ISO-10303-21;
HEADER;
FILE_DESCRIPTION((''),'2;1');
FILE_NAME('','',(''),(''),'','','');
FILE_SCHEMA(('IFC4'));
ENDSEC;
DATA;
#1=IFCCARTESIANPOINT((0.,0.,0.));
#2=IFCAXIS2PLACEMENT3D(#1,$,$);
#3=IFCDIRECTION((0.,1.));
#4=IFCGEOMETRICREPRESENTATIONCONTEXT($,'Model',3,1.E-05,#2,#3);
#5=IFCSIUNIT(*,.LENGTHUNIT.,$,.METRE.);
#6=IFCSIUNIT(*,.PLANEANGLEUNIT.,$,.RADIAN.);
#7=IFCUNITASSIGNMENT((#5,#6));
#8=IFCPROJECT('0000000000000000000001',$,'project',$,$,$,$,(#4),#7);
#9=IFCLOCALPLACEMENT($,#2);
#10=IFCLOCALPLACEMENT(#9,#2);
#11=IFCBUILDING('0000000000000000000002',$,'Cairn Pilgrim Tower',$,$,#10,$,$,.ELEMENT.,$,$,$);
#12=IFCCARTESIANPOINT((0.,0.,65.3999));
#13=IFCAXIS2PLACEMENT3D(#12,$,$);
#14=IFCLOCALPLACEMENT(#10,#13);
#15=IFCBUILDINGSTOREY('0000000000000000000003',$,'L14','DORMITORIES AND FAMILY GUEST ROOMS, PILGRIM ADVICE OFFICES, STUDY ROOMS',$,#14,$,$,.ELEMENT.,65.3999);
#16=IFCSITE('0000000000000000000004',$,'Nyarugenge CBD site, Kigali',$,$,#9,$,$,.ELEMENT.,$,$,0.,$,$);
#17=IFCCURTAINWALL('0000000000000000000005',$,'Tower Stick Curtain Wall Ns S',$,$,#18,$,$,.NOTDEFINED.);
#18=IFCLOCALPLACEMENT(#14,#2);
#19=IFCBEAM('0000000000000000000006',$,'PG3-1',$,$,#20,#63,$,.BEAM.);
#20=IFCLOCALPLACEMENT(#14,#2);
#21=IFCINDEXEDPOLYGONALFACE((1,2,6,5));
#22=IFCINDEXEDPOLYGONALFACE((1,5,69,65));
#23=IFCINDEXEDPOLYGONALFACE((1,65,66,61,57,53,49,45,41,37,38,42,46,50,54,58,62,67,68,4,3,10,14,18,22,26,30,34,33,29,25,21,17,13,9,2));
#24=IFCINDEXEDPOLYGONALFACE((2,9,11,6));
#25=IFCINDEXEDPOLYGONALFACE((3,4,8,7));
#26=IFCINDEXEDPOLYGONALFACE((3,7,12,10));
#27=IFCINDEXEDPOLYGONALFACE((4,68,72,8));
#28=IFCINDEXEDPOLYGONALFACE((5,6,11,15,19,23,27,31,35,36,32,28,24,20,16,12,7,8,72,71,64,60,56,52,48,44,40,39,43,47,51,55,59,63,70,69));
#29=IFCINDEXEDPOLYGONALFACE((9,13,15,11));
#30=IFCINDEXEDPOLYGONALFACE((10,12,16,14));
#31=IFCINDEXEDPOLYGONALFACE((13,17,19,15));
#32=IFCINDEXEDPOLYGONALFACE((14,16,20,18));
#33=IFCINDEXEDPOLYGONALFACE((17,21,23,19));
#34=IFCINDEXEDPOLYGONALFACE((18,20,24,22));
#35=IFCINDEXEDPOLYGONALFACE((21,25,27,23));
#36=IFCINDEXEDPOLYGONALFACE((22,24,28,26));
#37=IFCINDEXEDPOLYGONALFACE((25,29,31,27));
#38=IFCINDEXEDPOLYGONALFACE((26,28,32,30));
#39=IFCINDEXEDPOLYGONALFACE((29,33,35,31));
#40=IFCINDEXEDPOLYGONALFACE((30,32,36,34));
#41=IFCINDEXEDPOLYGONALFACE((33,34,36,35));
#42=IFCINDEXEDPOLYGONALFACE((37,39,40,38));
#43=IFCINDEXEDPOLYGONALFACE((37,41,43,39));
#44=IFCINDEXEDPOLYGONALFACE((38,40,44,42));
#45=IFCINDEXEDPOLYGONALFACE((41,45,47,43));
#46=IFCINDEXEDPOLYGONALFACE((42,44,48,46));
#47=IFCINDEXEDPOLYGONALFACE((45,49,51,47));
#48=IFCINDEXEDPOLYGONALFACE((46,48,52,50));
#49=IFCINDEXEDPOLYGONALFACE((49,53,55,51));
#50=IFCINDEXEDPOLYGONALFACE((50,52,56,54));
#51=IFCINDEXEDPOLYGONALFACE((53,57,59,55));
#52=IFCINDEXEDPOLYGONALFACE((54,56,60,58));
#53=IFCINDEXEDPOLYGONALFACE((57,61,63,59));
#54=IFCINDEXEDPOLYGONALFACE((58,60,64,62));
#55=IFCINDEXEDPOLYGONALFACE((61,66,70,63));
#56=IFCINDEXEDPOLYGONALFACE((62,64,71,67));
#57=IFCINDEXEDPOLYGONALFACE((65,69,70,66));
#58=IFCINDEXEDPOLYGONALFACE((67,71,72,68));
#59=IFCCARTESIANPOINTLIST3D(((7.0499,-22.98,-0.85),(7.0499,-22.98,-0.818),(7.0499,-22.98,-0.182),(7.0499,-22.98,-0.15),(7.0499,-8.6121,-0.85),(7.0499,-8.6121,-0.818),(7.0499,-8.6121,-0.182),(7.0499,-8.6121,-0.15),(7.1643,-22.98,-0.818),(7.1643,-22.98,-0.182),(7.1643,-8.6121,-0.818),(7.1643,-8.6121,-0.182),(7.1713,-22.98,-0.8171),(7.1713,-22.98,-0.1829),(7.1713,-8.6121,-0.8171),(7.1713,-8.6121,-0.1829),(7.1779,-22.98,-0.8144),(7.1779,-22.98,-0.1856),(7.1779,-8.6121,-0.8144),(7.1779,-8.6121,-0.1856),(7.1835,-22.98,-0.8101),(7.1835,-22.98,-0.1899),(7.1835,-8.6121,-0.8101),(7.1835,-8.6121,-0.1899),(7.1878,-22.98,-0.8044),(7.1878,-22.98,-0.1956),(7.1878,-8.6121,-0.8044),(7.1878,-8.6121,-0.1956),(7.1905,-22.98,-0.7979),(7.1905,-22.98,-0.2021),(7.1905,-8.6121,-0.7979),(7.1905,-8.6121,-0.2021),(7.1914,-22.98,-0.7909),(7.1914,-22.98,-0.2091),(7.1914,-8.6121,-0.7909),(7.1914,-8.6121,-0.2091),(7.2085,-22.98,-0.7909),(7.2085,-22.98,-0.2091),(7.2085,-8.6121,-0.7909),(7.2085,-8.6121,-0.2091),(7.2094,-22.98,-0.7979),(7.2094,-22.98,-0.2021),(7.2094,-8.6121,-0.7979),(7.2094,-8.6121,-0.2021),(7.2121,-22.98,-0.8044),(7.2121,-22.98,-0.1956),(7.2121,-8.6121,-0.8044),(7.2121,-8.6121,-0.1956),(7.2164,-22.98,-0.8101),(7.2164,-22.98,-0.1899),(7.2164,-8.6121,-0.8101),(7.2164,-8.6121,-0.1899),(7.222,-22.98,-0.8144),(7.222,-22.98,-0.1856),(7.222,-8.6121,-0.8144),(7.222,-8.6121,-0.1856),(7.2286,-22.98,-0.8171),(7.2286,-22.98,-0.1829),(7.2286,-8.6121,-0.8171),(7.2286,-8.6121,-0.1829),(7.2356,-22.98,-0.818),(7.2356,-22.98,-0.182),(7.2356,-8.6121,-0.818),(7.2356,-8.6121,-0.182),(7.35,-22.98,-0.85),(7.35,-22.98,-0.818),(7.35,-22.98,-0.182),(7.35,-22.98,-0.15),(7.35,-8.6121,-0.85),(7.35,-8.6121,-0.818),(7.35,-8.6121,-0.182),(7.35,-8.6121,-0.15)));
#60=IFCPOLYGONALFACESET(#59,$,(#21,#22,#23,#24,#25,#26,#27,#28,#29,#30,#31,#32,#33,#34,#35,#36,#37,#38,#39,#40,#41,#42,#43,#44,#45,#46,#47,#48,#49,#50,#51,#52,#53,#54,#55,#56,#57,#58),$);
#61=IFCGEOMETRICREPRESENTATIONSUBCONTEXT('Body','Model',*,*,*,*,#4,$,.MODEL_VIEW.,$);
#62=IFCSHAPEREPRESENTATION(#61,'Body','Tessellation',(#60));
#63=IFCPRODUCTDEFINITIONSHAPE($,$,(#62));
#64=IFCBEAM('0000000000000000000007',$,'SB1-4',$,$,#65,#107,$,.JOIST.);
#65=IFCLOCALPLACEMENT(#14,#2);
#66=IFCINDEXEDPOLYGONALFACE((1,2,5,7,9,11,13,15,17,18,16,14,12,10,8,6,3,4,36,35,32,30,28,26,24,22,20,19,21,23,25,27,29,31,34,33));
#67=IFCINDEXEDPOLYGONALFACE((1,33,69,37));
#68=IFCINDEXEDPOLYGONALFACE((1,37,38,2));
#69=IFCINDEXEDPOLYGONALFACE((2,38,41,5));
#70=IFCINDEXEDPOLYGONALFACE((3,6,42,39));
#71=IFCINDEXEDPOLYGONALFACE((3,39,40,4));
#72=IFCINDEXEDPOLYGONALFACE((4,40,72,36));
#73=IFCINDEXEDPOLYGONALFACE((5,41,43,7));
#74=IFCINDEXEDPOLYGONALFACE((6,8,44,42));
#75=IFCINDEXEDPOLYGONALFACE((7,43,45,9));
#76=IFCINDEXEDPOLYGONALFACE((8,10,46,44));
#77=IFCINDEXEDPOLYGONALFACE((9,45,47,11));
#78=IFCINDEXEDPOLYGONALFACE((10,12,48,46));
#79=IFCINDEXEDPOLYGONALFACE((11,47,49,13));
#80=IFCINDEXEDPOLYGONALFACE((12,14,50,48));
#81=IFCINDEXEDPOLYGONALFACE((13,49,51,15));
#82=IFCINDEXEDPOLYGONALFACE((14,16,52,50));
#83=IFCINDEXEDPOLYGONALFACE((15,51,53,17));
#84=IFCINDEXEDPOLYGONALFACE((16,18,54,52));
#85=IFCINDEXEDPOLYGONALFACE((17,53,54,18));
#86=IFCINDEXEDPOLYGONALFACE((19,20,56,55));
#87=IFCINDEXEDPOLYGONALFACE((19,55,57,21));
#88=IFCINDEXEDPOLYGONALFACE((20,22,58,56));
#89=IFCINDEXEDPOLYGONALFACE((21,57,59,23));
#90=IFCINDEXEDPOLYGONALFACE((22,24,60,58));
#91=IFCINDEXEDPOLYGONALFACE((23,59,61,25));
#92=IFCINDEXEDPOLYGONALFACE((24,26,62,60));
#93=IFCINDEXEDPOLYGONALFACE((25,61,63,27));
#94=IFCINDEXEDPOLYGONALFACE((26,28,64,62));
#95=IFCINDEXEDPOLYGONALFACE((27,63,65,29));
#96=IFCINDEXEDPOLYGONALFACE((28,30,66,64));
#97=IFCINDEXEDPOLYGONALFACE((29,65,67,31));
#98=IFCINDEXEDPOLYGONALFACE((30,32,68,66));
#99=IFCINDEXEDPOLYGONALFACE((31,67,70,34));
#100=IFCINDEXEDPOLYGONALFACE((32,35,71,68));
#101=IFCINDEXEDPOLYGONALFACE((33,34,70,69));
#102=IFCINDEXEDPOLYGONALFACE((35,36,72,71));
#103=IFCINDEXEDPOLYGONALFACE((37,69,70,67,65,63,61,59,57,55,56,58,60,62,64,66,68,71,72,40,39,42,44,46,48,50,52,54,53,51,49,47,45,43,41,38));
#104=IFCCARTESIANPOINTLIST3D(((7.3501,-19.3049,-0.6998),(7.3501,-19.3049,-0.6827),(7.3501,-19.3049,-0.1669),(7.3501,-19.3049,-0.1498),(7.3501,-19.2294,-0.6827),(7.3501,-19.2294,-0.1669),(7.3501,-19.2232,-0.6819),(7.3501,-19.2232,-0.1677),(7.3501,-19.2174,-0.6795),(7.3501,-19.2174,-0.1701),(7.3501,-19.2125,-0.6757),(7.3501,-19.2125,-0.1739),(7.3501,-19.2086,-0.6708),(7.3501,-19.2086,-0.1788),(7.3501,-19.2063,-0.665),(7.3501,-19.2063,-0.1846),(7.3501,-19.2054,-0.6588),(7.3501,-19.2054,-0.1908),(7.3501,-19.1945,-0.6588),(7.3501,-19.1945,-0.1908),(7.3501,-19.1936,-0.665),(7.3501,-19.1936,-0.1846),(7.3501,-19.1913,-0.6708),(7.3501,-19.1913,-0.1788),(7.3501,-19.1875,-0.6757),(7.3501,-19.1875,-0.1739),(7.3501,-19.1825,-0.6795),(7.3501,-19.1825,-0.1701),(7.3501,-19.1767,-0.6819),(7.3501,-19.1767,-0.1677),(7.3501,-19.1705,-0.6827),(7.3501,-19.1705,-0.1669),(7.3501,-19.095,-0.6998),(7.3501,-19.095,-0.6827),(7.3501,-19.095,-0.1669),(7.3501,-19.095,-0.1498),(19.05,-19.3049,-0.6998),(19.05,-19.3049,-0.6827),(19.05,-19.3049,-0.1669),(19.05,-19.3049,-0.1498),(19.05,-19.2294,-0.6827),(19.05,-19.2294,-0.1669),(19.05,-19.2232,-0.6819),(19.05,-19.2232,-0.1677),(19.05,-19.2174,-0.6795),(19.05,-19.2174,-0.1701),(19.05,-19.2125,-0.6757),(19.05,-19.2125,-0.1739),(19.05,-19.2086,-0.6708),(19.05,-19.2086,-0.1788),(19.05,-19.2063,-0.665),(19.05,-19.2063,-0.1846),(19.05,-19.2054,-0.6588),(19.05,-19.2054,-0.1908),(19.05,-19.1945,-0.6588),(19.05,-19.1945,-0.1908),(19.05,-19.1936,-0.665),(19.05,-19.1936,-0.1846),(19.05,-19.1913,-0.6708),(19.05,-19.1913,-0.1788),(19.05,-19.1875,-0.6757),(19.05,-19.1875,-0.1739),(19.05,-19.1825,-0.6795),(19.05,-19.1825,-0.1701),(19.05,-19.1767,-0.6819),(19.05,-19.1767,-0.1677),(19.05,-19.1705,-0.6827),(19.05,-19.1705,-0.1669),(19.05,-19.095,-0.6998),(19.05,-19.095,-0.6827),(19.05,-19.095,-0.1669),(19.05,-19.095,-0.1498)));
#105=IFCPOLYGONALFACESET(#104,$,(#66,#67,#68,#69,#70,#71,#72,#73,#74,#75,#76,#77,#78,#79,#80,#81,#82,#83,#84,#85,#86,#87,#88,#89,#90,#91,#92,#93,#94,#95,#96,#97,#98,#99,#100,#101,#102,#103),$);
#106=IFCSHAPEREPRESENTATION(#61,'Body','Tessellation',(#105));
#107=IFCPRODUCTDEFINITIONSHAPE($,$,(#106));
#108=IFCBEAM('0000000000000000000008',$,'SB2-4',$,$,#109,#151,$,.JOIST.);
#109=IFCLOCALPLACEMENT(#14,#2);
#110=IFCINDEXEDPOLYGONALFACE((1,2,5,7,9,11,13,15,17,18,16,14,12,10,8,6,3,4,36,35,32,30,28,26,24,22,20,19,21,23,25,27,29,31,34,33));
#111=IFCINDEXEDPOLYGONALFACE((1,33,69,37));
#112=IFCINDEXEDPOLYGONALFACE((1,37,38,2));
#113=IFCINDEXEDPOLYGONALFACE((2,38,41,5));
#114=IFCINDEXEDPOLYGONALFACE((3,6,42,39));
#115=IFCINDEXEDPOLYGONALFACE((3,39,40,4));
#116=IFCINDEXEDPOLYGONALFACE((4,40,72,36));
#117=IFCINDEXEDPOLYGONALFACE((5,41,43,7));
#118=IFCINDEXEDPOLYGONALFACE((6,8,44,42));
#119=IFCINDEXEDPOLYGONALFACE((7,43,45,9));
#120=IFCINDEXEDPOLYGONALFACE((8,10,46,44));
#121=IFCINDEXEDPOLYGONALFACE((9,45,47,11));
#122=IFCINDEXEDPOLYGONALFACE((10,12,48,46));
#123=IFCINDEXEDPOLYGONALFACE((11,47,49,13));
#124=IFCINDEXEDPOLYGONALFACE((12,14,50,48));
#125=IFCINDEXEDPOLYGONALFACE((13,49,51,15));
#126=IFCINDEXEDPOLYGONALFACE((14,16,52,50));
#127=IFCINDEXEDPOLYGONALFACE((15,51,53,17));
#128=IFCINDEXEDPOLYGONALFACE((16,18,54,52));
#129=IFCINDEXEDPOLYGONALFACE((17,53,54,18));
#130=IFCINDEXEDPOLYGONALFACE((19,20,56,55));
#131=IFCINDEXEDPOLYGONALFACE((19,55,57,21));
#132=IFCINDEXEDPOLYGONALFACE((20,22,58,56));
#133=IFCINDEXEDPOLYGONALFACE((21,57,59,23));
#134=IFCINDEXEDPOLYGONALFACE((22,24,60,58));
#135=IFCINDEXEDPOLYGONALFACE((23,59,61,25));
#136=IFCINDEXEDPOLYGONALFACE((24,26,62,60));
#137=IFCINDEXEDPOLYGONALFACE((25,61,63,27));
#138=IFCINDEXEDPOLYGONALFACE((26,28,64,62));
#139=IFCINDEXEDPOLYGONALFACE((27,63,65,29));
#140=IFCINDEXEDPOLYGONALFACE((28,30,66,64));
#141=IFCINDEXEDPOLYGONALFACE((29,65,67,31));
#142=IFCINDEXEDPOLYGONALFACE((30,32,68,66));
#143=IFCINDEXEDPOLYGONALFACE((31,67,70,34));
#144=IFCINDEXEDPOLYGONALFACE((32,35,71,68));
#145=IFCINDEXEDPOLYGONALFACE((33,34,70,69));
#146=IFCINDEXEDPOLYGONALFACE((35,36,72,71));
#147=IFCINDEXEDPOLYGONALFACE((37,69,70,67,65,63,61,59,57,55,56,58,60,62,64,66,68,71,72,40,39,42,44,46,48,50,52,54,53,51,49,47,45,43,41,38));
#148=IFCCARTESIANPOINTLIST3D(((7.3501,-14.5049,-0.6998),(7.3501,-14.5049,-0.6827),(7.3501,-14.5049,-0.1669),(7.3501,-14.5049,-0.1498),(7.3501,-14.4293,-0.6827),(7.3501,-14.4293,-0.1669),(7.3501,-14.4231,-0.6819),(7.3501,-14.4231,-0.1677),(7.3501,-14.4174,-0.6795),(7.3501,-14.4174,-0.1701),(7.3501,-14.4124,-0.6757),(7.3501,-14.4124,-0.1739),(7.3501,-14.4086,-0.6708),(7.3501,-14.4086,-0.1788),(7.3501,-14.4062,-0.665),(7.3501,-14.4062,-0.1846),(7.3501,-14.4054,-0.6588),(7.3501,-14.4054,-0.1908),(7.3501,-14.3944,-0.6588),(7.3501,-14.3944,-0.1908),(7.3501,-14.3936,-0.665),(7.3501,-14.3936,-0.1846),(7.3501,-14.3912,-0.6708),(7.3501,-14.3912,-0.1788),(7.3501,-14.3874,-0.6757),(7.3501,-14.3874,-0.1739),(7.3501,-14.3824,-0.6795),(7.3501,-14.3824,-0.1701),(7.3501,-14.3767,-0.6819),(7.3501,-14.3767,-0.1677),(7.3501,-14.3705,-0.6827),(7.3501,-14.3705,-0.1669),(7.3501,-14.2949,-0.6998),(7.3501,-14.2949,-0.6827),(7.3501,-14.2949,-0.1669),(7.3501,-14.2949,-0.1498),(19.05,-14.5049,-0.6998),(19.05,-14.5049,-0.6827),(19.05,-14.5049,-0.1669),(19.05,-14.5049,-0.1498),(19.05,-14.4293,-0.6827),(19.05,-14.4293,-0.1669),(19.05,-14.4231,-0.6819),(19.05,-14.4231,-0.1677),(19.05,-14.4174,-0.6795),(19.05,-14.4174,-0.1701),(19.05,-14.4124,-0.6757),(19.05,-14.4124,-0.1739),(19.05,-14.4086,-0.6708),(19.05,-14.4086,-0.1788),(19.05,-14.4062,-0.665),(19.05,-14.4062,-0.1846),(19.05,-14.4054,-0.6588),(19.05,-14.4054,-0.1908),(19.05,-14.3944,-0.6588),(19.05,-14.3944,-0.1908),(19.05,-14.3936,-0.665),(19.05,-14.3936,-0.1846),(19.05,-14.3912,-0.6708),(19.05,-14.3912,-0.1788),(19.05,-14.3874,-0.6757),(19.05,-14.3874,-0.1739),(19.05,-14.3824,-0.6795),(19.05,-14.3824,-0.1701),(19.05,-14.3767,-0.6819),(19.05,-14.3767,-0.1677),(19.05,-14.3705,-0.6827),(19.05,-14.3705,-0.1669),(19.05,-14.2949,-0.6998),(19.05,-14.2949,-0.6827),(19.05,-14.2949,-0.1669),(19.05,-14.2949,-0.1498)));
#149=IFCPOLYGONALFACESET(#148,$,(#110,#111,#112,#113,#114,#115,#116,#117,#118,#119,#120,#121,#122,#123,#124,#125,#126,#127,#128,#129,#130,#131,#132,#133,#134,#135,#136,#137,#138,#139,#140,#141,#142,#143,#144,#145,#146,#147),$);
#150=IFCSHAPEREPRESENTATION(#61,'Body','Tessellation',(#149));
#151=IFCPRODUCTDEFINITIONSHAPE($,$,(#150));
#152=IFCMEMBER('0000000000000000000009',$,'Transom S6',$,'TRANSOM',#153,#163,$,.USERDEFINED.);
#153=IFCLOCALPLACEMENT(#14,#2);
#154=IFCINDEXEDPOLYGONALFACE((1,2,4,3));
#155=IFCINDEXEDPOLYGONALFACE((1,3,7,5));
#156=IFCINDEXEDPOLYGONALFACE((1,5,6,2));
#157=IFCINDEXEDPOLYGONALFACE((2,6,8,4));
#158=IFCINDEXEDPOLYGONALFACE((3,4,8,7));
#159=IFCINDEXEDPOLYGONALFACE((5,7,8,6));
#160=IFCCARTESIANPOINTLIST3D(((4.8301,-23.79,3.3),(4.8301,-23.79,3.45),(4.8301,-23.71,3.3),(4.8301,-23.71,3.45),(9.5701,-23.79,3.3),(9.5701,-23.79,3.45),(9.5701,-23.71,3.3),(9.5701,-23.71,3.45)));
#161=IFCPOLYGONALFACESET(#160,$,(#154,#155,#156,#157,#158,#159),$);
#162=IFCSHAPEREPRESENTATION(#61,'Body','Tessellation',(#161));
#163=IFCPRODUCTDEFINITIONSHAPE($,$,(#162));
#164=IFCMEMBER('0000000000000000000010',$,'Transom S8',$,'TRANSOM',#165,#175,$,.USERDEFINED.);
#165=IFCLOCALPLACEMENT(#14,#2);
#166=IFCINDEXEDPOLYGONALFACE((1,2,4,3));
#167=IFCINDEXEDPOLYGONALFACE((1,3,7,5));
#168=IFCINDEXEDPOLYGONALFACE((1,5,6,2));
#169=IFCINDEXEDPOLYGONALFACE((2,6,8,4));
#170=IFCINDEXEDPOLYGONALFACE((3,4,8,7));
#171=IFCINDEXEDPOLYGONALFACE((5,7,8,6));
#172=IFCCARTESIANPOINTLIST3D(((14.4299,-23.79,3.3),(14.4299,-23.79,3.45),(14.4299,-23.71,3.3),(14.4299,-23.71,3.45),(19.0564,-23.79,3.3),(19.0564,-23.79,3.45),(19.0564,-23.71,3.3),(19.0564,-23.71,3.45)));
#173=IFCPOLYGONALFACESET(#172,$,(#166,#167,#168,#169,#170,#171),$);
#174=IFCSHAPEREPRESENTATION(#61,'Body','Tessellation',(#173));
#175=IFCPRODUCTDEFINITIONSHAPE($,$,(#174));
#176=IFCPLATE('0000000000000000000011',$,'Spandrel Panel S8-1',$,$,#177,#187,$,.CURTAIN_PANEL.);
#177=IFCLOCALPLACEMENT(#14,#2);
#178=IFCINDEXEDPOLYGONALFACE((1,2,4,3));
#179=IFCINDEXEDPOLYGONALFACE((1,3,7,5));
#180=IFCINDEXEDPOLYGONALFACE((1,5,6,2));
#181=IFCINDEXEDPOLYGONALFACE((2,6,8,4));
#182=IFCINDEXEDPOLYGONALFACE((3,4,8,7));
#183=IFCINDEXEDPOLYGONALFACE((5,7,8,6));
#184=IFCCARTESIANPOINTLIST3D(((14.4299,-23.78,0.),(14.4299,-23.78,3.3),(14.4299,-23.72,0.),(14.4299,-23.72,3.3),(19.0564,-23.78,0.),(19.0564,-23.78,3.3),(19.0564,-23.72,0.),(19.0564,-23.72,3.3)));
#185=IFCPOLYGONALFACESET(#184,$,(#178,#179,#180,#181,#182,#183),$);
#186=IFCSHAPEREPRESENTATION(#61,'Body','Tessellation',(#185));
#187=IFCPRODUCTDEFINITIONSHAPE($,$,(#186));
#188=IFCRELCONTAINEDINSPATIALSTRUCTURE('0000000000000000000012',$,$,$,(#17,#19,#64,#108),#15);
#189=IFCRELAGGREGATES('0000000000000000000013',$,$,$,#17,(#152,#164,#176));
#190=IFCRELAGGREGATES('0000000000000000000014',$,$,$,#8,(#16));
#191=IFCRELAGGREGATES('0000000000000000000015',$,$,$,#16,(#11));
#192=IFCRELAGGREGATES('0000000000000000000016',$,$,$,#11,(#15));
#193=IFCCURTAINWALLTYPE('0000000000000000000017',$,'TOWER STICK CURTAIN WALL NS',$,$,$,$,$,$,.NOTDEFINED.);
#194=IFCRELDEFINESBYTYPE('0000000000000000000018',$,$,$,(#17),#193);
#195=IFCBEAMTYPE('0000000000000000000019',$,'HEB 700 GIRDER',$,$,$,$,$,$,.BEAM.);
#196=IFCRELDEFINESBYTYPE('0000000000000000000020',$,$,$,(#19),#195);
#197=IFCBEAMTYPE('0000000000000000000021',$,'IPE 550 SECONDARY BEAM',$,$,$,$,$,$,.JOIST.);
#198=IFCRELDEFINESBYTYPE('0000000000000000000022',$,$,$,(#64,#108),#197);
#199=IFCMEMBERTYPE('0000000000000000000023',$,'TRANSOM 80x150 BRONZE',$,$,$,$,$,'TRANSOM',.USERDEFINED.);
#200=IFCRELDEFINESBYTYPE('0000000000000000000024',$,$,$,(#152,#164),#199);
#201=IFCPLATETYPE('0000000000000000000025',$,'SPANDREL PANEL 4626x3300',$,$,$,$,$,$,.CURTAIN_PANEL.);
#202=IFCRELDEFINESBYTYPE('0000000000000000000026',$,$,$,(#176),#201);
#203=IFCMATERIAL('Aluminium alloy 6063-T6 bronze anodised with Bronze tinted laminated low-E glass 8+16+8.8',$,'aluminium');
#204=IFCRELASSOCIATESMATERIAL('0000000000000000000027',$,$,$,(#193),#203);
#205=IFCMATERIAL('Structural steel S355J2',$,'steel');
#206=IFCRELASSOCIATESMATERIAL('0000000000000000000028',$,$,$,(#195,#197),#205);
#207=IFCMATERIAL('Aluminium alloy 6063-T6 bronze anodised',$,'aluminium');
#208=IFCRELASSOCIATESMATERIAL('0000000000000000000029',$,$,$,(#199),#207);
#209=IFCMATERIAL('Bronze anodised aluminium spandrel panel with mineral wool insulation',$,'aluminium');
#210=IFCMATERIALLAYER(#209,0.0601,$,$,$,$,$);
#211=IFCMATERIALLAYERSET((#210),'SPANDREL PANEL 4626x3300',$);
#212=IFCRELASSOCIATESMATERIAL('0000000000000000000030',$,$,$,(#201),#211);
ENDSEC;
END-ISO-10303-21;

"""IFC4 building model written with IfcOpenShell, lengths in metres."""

from ifc_helpers import new_model, si_unit, direction, frame, origin, origin_2d, place, context, subcontext, project, spatial, rectangle, i_section, extrude, material, layer, layer_set, material_profile, profile_set, type_object, element, aggregate, save


model = new_model("IFC4")

# Units and contexts
model_context = context("Model", 3, precision=1e-05, world=origin(), true_north=direction((0.0, 1.0)))
body_context = subcontext(model_context, "Body", "Model", "MODEL_VIEW")
ifc_project = project(units=[si_unit("LENGTHUNIT", "METRE"), si_unit("PLANEANGLEUNIT", "RADIAN")], contexts=[model_context])

# Site, building, storey
site_placement = place(None, origin())
site = spatial("IfcSite", under=ifc_project, at=site_placement, Name="Nyarugenge CBD site, Kigali", CompositionType="ELEMENT", RefElevation=0.0)
building_placement = place(site_placement, origin())
building = spatial("IfcBuilding", under=site, at=building_placement, Name="Cairn Pilgrim Tower", CompositionType="ELEMENT")
storey_placement = place(building_placement, frame((0.0, 0.0, 65.3999)))
storey = spatial("IfcBuildingStorey", under=building, at=storey_placement, Name="L14", Description="DORMITORIES AND FAMILY GUEST ROOMS, PILGRIM ADVICE OFFICES, STUDY ROOMS", CompositionType="ELEMENT", Elevation=65.3999)

# Curtain wall
ifc_material_1 = material(Name="Aluminium alloy 6063-T6 bronze anodised with Bronze tinted laminated low-E glass 8+16+8.8", Category="aluminium")
curtain_wall_type = type_object("IfcCurtainWallType", Name="TOWER STICK CURTAIN WALL NS", PredefinedType="NOTDEFINED", material=ifc_material_1)
curtain_wall_placement = place(storey_placement, origin())
curtain_wall = element("IfcCurtainWall", 1, at=curtain_wall_placement, inside=storey, type_object=curtain_wall_type, Name="Tower Stick Curtain Wall Ns S", PredefinedType="NOTDEFINED")
ifc_material_2 = material(Name="Aluminium alloy 6063-T6 bronze anodised", Category="aluminium")

# Beams
ifc_material_3 = material(Name="Structural steel S355J2", Category="steel")
ifc_material_profile_1 = material_profile(ifc_material_3, i_section(OverallWidth=0.3, OverallDepth=0.7, WebThickness=0.0171, FlangeThickness=0.032, FilletRadius=0.0271, at=origin_2d()), Name="HEB 700")
ifc_profile_set_1 = profile_set([ifc_material_profile_1], Name="Structural steel S355J2")
beam_type_1 = type_object("IfcBeamType", Name="HEB 700 GIRDER", PredefinedType="BEAM", material=ifc_profile_set_1)
beam_1_placement = place(storey_placement, frame((7.2, -22.98, -0.5), z_axis=(0.0, 1.0, 0.0), x_axis=(-1.0, 0.0, 0.0)))
element("IfcBeam", 2, at=beam_1_placement, inside=storey, type_object=beam_type_1, Name="PG3-1", PredefinedType="BEAM", context=body_context, shape_type="SweptSolid", body=[
    extrude(i_section(OverallWidth=0.3, OverallDepth=0.7, WebThickness=0.0171, FlangeThickness=0.032, FilletRadius=0.0271, at=origin_2d()), origin(), (0.0, 0.0, 1.0), 14.3679),
])
ifc_material_profile_2 = material_profile(ifc_material_3, i_section(OverallWidth=0.21, OverallDepth=0.55, WebThickness=0.011, FlangeThickness=0.0171, FilletRadius=0.0239, at=origin_2d()), Name="IPE 550")
ifc_profile_set_2 = profile_set([ifc_material_profile_2], Name="Structural steel S355J2")
beam_type_2 = type_object("IfcBeamType", Name="IPE 550 SECONDARY BEAM", PredefinedType="JOIST", material=ifc_profile_set_2)
for number, where, z_axis, x_axis, name in (
    (3, (7.3501, -19.2, -0.4248), (1.0, 0.0, 0.0), (0.0, 1.0, 0.0), "SB1-4"),
    (4, (7.3501, -14.3999, -0.4248), (1.0, 0.0, 0.0), (0.0, 1.0, 0.0), "SB2-4"),
):
    element("IfcBeam", number, at=place(storey_placement, frame(where, z_axis=z_axis, x_axis=x_axis)), inside=storey, type_object=beam_type_2, Name=name, PredefinedType="JOIST", context=body_context, shape_type="SweptSolid", body=[
        extrude(i_section(OverallWidth=0.21, OverallDepth=0.55, WebThickness=0.011, FlangeThickness=0.0171, FilletRadius=0.0239, at=origin_2d()), origin(), (0.0, 0.0, 1.0), 11.7),
    ])

# Members
ifc_material_profile_3 = material_profile(ifc_material_2, rectangle(XDim=0.0801, YDim=0.1499, at=origin_2d()), Name="TRANSOM 80x150 BRONZE")
ifc_profile_set_3 = profile_set([ifc_material_profile_3], Name="Aluminium alloy 6063-T6 bronze anodised")
member_type_1 = type_object("IfcMemberType", Name="TRANSOM 80x150 BRONZE", ElementType="TRANSOM", PredefinedType="USERDEFINED", material=ifc_profile_set_3)
member_1_placement = place(storey_placement, frame((4.8301, -23.75, 3.375), z_axis=(1.0, 0.0, 0.0), x_axis=(0.0, 1.0, 0.0)))
member_1 = element("IfcMember", 5, at=member_1_placement, type_object=member_type_1, Name="Transom S6", ObjectType="TRANSOM", PredefinedType="USERDEFINED", context=body_context, shape_type="SweptSolid", body=[
    extrude(rectangle(XDim=0.0801, YDim=0.1499, at=origin_2d()), origin(), (0.0, 0.0, 1.0), 4.74),
])
member_2_placement = place(storey_placement, frame((14.4299, -23.75, 3.375), z_axis=(1.0, 0.0, 0.0), x_axis=(0.0, 1.0, 0.0)))
member_2 = element("IfcMember", 6, at=member_2_placement, type_object=member_type_1, Name="Transom S8", ObjectType="TRANSOM", PredefinedType="USERDEFINED", context=body_context, shape_type="SweptSolid", body=[
    extrude(rectangle(XDim=0.0801, YDim=0.1499, at=origin_2d()), origin(), (0.0, 0.0, 1.0), 4.6265),
])

# Plate
ifc_material_4 = material(Name="Bronze anodised aluminium spandrel panel with mineral wool insulation", Category="aluminium")
ifc_layer_1 = layer(ifc_material_4, 0.0601)
ifc_layer_set_1 = layer_set([ifc_layer_1], Name="SPANDREL PANEL 4626x3300")
plate_type_1 = type_object("IfcPlateType", Name="SPANDREL PANEL 4626x3300", PredefinedType="CURTAIN_PANEL", material=ifc_layer_set_1)
plate_1_placement = place(storey_placement, frame((16.7432, -23.75, 0.0), z_axis=(0.0, 0.0, 1.0), x_axis=(1.0, 0.0, 0.0)))
plate_1 = element("IfcPlate", 7, at=plate_1_placement, type_object=plate_type_1, Name="Spandrel Panel S8-1", PredefinedType="CURTAIN_PANEL", context=body_context, shape_type="SweptSolid", body=[
    extrude(rectangle(XDim=4.6265, YDim=0.0601, at=origin_2d()), origin(), (0.0, 0.0, 1.0), 3.3),
])
aggregate(curtain_wall, [member_1, member_2, plate_1])

save(model, "model.ifc")
